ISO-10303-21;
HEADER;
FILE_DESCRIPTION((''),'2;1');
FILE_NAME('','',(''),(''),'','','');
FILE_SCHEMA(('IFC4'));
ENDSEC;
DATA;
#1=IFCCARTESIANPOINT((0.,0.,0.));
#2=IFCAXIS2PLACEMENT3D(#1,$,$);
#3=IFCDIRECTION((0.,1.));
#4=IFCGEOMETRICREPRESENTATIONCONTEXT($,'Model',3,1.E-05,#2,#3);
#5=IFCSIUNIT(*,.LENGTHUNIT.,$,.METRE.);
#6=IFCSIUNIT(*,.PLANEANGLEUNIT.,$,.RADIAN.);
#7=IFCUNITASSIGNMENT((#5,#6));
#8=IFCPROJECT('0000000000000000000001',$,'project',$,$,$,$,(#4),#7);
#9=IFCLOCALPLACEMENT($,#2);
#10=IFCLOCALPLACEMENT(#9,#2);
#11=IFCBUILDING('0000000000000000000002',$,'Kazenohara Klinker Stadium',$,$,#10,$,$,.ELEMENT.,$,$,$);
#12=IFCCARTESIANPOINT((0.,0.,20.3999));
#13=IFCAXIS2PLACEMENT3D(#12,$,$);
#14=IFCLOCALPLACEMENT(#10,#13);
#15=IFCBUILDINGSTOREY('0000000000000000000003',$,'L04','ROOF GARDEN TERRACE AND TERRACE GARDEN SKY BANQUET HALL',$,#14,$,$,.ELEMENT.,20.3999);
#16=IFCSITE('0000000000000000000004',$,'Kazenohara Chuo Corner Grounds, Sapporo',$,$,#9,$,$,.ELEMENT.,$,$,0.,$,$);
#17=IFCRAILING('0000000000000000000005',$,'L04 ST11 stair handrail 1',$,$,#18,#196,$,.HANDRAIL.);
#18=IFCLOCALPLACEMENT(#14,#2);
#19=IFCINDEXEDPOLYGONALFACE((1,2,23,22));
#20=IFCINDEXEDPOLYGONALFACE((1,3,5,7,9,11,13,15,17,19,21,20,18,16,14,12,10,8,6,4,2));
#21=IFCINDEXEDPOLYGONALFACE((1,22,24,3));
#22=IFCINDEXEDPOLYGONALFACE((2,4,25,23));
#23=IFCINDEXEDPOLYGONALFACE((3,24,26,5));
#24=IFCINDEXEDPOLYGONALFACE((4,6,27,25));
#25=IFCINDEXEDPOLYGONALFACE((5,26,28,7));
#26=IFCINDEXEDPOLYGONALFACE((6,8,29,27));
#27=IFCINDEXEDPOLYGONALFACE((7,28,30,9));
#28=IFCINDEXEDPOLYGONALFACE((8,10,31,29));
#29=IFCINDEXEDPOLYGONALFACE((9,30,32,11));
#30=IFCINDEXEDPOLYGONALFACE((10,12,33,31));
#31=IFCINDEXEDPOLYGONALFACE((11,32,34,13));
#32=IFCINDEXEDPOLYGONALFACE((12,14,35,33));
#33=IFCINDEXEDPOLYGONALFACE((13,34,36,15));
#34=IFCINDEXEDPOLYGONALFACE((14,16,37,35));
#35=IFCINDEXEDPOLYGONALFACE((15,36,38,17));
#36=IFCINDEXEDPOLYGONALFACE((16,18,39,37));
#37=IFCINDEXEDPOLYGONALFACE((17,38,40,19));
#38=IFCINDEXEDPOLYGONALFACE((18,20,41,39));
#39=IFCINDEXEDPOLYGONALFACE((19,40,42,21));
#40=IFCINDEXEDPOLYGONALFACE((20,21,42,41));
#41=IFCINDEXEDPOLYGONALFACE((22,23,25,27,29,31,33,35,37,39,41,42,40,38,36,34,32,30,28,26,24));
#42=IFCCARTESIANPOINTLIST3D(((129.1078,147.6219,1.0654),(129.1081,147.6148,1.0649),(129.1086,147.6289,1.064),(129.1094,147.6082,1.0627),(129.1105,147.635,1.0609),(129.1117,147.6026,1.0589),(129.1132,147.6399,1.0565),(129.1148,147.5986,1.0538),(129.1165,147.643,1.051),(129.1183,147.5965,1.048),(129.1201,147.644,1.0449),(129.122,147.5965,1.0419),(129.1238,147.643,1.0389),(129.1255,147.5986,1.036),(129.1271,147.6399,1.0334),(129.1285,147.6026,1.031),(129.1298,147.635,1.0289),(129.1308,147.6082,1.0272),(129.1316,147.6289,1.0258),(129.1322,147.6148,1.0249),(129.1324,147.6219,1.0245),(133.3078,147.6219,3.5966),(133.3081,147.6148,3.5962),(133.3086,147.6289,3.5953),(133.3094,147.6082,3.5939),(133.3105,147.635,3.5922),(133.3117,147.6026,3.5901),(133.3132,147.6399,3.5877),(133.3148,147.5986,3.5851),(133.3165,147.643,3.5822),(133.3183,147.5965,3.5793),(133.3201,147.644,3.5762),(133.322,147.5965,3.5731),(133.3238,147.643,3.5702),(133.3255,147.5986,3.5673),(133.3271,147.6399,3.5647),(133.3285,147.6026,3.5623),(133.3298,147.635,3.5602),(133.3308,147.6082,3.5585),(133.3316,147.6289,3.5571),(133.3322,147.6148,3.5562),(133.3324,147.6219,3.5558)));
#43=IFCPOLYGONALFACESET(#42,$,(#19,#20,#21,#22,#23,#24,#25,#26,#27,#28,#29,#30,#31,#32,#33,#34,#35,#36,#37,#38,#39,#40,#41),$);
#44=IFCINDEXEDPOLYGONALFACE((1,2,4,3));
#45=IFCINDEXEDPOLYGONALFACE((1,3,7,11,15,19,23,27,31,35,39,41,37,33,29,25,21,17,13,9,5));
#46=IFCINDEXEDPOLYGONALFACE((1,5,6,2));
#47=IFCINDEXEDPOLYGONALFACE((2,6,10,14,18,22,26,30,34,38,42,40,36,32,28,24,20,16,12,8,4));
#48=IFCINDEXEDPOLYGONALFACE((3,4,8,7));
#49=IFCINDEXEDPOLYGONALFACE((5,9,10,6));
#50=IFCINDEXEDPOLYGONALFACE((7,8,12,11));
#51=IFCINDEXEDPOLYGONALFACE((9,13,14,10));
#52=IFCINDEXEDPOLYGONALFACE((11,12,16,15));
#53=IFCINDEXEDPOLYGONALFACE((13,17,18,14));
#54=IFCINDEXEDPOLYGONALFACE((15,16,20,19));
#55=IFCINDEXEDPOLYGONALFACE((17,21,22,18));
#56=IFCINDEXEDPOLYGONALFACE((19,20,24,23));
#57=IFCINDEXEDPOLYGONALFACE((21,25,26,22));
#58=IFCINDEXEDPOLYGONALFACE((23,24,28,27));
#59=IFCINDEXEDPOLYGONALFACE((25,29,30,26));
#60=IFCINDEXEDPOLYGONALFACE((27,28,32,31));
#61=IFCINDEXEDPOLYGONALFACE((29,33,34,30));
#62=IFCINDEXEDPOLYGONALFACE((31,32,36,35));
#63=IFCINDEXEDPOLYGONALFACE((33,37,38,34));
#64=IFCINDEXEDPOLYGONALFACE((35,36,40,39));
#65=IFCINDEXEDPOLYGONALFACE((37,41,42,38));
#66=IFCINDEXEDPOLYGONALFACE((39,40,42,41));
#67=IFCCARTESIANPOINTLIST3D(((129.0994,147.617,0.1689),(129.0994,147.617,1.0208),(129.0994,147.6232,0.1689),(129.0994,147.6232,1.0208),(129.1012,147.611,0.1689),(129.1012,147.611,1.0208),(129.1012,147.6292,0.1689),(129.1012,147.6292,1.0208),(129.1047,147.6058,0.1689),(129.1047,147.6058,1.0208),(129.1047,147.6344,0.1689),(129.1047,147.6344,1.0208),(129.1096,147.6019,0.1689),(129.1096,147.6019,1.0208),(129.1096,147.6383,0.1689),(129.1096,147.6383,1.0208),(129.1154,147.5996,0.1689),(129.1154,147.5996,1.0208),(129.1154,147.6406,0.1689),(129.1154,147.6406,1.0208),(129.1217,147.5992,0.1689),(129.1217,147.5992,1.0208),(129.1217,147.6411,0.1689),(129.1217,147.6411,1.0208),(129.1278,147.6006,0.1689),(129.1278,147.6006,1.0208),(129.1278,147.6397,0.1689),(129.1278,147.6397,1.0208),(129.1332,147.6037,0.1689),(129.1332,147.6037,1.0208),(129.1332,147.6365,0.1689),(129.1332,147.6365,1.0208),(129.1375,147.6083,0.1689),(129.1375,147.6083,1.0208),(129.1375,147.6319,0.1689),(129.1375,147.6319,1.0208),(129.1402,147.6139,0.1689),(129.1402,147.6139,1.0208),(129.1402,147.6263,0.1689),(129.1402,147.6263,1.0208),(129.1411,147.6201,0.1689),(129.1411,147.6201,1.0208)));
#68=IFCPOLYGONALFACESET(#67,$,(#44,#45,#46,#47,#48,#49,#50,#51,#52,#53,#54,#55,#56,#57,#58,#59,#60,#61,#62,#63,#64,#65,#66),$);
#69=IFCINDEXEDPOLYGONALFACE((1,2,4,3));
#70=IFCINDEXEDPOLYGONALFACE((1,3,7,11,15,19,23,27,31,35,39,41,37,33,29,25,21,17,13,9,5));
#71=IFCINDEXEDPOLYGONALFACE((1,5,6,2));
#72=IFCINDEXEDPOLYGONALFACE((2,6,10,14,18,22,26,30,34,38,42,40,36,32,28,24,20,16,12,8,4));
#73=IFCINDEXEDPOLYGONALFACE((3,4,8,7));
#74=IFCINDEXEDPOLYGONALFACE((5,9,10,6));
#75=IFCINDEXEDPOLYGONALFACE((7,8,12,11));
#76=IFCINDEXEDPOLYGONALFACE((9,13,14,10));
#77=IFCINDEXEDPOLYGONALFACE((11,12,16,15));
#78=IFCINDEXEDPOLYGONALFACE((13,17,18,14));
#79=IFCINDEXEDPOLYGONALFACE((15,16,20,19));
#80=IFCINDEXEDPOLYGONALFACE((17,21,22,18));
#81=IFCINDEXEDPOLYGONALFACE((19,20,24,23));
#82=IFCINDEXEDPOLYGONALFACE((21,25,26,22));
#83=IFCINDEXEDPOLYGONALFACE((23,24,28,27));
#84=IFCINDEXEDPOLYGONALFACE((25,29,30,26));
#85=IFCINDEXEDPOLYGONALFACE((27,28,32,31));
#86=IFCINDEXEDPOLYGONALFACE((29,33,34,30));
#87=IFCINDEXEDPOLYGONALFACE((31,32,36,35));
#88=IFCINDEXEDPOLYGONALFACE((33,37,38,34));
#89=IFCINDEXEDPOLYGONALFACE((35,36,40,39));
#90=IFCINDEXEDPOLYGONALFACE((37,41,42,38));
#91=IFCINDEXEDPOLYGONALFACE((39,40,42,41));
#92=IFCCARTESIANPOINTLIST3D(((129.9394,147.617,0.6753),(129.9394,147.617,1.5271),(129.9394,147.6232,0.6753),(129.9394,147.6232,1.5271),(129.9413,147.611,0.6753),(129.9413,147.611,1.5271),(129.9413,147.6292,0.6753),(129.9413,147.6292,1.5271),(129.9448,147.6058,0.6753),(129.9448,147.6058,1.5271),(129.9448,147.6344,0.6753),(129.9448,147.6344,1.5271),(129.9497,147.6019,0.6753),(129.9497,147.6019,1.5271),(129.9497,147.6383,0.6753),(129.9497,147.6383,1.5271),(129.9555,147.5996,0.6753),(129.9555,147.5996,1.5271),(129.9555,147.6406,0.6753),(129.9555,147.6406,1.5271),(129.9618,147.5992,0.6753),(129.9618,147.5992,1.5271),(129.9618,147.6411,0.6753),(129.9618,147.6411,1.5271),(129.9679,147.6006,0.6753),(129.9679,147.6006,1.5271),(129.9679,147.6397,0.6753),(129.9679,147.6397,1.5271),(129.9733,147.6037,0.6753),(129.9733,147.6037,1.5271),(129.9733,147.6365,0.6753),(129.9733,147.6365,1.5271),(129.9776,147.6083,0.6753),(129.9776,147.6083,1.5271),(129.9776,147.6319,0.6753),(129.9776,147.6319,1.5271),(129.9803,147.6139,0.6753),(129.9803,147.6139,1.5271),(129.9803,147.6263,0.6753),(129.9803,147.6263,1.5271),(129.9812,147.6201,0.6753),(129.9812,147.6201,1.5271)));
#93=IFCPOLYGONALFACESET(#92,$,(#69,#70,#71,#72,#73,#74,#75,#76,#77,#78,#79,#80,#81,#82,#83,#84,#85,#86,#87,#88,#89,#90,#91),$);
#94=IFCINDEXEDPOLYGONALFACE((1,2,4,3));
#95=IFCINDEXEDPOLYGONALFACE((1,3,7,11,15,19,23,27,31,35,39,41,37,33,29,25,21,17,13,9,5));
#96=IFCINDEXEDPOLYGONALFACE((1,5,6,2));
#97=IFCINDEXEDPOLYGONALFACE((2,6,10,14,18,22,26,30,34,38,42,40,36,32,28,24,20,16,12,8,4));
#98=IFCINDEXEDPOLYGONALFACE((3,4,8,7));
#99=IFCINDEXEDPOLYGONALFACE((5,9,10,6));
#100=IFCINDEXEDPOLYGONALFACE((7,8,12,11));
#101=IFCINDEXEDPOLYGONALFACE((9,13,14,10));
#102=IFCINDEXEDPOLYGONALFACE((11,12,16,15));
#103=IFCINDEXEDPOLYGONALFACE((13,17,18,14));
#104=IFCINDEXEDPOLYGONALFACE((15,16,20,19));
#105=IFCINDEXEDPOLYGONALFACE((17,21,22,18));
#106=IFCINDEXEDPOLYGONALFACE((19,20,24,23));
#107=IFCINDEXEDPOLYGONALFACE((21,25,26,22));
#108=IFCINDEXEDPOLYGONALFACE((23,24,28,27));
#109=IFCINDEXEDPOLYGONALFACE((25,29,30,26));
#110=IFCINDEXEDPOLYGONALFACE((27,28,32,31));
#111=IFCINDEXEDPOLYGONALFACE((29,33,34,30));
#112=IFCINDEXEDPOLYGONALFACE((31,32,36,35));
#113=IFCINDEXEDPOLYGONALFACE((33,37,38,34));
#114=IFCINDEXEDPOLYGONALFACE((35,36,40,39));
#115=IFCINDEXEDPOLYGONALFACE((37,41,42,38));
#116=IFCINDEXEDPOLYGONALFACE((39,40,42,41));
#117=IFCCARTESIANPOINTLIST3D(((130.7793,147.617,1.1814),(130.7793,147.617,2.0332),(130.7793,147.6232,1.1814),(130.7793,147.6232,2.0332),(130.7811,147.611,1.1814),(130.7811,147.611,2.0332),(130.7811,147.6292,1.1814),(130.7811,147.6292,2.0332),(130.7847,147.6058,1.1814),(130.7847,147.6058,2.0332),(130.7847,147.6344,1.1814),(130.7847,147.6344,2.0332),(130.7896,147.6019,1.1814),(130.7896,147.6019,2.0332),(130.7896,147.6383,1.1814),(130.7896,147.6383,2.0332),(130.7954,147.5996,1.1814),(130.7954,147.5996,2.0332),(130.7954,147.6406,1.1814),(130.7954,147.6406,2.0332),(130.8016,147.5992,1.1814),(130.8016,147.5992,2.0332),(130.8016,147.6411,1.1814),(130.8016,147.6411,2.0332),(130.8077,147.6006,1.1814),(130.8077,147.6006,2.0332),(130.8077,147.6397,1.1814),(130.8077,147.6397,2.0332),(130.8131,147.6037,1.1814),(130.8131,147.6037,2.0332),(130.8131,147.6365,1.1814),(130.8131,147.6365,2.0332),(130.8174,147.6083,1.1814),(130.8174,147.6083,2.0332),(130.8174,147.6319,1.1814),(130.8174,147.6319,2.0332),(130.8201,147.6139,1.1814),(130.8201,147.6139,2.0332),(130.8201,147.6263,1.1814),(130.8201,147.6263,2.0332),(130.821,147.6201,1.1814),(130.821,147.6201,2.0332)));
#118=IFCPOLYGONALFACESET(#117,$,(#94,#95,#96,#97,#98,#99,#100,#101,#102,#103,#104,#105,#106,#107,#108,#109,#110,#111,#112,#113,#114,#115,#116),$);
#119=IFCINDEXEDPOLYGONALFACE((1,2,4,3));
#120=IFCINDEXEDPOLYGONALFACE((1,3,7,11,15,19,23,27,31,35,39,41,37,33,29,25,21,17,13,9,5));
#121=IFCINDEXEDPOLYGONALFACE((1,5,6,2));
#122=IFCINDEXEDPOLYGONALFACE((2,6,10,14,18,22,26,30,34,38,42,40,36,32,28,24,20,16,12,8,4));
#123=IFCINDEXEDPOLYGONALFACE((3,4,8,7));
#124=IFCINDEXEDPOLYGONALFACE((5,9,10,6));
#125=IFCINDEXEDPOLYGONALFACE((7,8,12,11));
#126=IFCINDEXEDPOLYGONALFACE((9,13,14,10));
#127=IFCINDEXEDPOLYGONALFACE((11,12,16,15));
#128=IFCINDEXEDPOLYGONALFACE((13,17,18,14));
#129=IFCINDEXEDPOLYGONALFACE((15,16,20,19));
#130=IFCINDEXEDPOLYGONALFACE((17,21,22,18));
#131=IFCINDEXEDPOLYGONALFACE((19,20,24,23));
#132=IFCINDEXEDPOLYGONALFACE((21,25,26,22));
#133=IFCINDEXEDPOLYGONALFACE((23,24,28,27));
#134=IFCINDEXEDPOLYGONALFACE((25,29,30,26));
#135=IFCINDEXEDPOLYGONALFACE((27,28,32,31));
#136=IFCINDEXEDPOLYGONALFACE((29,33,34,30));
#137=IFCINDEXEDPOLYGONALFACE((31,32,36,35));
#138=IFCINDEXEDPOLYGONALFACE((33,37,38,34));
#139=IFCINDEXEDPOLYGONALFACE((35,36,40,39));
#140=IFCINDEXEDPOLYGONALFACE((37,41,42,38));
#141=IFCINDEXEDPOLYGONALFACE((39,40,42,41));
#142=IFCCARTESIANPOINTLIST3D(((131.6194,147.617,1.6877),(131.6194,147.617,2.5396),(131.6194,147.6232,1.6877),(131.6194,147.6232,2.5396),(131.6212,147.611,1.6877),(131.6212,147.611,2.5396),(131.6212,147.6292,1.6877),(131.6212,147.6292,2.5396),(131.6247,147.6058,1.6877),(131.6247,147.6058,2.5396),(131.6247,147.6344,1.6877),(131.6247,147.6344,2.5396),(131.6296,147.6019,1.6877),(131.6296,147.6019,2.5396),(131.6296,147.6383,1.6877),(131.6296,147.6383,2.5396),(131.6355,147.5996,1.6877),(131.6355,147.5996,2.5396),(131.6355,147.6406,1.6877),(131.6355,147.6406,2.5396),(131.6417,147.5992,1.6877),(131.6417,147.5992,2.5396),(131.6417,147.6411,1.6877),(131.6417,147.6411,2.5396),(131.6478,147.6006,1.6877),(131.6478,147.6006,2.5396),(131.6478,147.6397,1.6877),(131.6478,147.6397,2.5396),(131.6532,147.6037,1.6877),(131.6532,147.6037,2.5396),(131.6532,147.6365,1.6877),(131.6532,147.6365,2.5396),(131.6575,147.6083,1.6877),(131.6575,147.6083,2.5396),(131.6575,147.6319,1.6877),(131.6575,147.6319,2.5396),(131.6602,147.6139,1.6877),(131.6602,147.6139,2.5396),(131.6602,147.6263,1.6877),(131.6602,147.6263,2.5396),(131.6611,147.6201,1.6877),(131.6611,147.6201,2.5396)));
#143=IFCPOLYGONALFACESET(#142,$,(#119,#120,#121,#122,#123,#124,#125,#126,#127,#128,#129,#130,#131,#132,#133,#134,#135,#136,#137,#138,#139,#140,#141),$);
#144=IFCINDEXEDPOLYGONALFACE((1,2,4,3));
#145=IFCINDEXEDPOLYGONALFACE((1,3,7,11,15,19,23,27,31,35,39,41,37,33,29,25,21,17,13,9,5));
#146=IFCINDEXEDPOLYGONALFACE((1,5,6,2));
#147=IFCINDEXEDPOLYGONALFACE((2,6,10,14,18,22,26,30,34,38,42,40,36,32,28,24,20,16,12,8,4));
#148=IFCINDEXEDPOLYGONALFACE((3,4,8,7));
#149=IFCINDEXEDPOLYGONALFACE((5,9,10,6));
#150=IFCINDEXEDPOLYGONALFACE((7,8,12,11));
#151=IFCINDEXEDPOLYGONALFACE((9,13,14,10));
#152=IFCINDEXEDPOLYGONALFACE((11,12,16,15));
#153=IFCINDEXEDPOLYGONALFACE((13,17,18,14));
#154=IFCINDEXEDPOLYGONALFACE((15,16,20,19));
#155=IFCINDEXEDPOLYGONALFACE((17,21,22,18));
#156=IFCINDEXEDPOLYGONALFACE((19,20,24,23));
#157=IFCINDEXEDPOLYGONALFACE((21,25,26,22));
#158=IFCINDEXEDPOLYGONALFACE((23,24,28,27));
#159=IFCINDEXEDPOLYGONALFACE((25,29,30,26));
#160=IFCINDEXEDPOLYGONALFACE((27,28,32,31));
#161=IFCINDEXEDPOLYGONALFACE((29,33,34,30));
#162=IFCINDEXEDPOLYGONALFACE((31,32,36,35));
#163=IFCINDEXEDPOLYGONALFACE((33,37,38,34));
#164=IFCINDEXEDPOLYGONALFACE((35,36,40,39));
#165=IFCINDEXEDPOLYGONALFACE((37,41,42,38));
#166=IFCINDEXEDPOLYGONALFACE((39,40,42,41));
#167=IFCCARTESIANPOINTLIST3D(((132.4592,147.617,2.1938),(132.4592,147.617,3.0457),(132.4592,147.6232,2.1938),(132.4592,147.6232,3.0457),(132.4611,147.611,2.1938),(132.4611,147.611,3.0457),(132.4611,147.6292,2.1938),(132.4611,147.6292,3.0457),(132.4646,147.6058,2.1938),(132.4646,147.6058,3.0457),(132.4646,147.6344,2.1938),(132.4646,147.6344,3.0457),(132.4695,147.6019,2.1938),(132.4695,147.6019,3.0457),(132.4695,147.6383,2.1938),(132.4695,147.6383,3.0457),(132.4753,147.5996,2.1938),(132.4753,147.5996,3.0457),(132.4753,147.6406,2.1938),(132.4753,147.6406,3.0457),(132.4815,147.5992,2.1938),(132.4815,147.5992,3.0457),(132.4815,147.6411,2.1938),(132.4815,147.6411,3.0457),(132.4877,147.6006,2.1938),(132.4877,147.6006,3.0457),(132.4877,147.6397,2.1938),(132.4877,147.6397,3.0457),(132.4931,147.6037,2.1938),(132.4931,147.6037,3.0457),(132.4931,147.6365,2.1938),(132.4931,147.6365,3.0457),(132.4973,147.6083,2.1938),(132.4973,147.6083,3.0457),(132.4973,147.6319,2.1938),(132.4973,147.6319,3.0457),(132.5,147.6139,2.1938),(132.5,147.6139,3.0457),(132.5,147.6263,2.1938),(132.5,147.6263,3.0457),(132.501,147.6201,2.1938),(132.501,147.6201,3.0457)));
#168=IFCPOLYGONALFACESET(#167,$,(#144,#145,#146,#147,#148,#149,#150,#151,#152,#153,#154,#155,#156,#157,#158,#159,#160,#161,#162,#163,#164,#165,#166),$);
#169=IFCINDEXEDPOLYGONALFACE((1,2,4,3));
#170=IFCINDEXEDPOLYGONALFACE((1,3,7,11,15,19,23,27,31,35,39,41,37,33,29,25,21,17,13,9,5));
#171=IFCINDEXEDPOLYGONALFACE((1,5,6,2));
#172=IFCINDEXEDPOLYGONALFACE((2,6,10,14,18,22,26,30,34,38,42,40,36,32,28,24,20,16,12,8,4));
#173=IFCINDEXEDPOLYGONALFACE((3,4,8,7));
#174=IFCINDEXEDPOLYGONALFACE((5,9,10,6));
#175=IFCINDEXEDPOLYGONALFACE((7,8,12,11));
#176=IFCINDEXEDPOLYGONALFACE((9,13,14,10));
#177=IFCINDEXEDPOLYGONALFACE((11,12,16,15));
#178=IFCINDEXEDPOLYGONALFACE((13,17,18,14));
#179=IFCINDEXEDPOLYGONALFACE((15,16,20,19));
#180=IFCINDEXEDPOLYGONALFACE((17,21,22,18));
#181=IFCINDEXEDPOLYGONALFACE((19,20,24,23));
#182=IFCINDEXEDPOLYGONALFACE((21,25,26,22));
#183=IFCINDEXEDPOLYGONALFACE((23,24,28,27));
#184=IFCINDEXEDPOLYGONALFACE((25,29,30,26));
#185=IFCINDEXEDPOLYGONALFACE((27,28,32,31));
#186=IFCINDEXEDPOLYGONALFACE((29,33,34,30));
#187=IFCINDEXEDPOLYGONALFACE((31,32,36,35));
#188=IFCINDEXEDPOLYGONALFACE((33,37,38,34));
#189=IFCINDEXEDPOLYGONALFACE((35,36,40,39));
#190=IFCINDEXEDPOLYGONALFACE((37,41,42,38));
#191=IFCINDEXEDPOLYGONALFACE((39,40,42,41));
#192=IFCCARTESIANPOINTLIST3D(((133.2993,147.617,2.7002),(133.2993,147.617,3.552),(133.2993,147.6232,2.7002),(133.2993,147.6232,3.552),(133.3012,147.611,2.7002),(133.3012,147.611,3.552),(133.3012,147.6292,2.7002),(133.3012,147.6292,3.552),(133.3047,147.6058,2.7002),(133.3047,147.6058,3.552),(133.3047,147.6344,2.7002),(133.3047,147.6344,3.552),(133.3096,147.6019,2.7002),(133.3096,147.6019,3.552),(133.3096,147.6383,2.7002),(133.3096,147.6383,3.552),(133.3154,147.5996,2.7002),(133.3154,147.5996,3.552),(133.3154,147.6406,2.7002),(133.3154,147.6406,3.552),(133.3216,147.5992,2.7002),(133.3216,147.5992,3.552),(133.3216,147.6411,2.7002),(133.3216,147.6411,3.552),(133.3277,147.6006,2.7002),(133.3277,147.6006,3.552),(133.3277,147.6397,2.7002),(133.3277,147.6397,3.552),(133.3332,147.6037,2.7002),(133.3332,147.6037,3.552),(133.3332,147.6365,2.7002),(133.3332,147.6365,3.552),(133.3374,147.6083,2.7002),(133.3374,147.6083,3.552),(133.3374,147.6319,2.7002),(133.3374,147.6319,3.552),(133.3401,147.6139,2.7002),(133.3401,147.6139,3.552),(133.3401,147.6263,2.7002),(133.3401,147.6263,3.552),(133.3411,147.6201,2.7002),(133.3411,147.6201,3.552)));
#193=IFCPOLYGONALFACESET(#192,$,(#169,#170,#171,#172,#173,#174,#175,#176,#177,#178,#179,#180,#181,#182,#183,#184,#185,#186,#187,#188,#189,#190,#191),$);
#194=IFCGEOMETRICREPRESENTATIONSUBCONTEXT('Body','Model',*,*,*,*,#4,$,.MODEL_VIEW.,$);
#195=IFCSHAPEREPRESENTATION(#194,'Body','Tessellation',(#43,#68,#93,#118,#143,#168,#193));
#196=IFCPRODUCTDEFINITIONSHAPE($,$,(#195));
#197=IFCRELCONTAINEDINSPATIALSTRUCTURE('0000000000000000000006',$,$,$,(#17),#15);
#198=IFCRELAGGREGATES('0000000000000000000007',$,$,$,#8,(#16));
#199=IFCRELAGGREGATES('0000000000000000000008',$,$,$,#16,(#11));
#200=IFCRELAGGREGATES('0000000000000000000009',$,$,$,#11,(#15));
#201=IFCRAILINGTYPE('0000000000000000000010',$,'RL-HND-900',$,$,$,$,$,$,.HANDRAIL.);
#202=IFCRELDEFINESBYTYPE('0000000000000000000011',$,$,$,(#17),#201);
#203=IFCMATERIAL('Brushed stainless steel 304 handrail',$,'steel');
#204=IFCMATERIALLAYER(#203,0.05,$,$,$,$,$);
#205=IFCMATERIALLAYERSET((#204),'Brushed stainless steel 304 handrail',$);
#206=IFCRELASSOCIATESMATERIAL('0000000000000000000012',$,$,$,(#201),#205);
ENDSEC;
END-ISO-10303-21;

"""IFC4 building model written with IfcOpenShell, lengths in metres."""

from ifc_helpers import new_model, si_unit, direction, frame, origin, origin_2d, place, context, subcontext, project, spatial, circle, extrude, material, layer, layer_set, type_object, element, save


model = new_model("IFC4")

# Units and contexts
model_context = context("Model", 3, precision=1e-05, world=origin(), true_north=direction((0.0, 1.0)))
body_context = subcontext(model_context, "Body", "Model", "MODEL_VIEW")
ifc_project = project(units=[si_unit("LENGTHUNIT", "METRE"), si_unit("PLANEANGLEUNIT", "RADIAN")], contexts=[model_context])

# Site, building, storey
site_placement = place(None, origin())
site = spatial("IfcSite", under=ifc_project, at=site_placement, Name="Kazenohara Chuo Corner Grounds, Sapporo", CompositionType="ELEMENT", RefElevation=0.0)
building_placement = place(site_placement, origin())
building = spatial("IfcBuilding", under=site, at=building_placement, Name="Kazenohara Klinker Stadium", CompositionType="ELEMENT")
storey_placement = place(building_placement, frame((0.0, 0.0, 20.3999)))
storey = spatial("IfcBuildingStorey", under=building, at=storey_placement, Name="L04", Description="ROOF GARDEN TERRACE AND TERRACE GARDEN SKY BANQUET HALL", CompositionType="ELEMENT", Elevation=20.3999)

# Railing
ifc_material_1 = material(Name="Brushed stainless steel 304 handrail", Category="steel")
ifc_layer_1 = layer(ifc_material_1, 0.05)
ifc_layer_set_1 = layer_set([ifc_layer_1], Name="Brushed stainless steel 304 handrail")
railing_type_1 = type_object("IfcRailingType", Name="RL-HND-900", PredefinedType="HANDRAIL", material=ifc_layer_set_1)
railing_1_placement = place(storey_placement, frame((129.1201, 147.6201, 0.1689)))
element("IfcRailing", 1, at=railing_1_placement, inside=storey, type_object=railing_type_1, Name="L04 ST11 stair handrail 1", PredefinedType="HANDRAIL", context=body_context, shape_type="SweptSolid", body=[
    extrude(circle(Radius=0.0239, at=origin_2d()), frame((0.0, 0.0, 0.876), z_axis=(0.856476, 0.0, 0.516186), x_axis=(0.0, 1.0, 0.0)), (0.0, 0.0, 1.0), 4.9038),
    extrude(circle(Radius=0.021, at=origin_2d()), origin(), (0.0, 0.0, 1.0), 0.8518),
    extrude(circle(Radius=0.021, at=origin_2d()), frame((0.8401, 0.0, 0.5063)), (0.0, 0.0, 1.0), 0.8518),
    extrude(circle(Radius=0.021, at=origin_2d()), frame((1.6799, 0.0, 1.0125)), (0.0, 0.0, 1.0), 0.8518),
    extrude(circle(Radius=0.021, at=origin_2d()), frame((2.52, 0.0, 1.5188)), (0.0, 0.0, 1.0), 0.8518),
    extrude(circle(Radius=0.021, at=origin_2d()), frame((3.3599, 0.0, 2.0249)), (0.0, 0.0, 1.0), 0.8518),
    extrude(circle(Radius=0.021, at=origin_2d()), frame((4.2, 0.0, 2.5312)), (0.0, 0.0, 1.0), 0.8518),
])

save(model, "model.ifc")
